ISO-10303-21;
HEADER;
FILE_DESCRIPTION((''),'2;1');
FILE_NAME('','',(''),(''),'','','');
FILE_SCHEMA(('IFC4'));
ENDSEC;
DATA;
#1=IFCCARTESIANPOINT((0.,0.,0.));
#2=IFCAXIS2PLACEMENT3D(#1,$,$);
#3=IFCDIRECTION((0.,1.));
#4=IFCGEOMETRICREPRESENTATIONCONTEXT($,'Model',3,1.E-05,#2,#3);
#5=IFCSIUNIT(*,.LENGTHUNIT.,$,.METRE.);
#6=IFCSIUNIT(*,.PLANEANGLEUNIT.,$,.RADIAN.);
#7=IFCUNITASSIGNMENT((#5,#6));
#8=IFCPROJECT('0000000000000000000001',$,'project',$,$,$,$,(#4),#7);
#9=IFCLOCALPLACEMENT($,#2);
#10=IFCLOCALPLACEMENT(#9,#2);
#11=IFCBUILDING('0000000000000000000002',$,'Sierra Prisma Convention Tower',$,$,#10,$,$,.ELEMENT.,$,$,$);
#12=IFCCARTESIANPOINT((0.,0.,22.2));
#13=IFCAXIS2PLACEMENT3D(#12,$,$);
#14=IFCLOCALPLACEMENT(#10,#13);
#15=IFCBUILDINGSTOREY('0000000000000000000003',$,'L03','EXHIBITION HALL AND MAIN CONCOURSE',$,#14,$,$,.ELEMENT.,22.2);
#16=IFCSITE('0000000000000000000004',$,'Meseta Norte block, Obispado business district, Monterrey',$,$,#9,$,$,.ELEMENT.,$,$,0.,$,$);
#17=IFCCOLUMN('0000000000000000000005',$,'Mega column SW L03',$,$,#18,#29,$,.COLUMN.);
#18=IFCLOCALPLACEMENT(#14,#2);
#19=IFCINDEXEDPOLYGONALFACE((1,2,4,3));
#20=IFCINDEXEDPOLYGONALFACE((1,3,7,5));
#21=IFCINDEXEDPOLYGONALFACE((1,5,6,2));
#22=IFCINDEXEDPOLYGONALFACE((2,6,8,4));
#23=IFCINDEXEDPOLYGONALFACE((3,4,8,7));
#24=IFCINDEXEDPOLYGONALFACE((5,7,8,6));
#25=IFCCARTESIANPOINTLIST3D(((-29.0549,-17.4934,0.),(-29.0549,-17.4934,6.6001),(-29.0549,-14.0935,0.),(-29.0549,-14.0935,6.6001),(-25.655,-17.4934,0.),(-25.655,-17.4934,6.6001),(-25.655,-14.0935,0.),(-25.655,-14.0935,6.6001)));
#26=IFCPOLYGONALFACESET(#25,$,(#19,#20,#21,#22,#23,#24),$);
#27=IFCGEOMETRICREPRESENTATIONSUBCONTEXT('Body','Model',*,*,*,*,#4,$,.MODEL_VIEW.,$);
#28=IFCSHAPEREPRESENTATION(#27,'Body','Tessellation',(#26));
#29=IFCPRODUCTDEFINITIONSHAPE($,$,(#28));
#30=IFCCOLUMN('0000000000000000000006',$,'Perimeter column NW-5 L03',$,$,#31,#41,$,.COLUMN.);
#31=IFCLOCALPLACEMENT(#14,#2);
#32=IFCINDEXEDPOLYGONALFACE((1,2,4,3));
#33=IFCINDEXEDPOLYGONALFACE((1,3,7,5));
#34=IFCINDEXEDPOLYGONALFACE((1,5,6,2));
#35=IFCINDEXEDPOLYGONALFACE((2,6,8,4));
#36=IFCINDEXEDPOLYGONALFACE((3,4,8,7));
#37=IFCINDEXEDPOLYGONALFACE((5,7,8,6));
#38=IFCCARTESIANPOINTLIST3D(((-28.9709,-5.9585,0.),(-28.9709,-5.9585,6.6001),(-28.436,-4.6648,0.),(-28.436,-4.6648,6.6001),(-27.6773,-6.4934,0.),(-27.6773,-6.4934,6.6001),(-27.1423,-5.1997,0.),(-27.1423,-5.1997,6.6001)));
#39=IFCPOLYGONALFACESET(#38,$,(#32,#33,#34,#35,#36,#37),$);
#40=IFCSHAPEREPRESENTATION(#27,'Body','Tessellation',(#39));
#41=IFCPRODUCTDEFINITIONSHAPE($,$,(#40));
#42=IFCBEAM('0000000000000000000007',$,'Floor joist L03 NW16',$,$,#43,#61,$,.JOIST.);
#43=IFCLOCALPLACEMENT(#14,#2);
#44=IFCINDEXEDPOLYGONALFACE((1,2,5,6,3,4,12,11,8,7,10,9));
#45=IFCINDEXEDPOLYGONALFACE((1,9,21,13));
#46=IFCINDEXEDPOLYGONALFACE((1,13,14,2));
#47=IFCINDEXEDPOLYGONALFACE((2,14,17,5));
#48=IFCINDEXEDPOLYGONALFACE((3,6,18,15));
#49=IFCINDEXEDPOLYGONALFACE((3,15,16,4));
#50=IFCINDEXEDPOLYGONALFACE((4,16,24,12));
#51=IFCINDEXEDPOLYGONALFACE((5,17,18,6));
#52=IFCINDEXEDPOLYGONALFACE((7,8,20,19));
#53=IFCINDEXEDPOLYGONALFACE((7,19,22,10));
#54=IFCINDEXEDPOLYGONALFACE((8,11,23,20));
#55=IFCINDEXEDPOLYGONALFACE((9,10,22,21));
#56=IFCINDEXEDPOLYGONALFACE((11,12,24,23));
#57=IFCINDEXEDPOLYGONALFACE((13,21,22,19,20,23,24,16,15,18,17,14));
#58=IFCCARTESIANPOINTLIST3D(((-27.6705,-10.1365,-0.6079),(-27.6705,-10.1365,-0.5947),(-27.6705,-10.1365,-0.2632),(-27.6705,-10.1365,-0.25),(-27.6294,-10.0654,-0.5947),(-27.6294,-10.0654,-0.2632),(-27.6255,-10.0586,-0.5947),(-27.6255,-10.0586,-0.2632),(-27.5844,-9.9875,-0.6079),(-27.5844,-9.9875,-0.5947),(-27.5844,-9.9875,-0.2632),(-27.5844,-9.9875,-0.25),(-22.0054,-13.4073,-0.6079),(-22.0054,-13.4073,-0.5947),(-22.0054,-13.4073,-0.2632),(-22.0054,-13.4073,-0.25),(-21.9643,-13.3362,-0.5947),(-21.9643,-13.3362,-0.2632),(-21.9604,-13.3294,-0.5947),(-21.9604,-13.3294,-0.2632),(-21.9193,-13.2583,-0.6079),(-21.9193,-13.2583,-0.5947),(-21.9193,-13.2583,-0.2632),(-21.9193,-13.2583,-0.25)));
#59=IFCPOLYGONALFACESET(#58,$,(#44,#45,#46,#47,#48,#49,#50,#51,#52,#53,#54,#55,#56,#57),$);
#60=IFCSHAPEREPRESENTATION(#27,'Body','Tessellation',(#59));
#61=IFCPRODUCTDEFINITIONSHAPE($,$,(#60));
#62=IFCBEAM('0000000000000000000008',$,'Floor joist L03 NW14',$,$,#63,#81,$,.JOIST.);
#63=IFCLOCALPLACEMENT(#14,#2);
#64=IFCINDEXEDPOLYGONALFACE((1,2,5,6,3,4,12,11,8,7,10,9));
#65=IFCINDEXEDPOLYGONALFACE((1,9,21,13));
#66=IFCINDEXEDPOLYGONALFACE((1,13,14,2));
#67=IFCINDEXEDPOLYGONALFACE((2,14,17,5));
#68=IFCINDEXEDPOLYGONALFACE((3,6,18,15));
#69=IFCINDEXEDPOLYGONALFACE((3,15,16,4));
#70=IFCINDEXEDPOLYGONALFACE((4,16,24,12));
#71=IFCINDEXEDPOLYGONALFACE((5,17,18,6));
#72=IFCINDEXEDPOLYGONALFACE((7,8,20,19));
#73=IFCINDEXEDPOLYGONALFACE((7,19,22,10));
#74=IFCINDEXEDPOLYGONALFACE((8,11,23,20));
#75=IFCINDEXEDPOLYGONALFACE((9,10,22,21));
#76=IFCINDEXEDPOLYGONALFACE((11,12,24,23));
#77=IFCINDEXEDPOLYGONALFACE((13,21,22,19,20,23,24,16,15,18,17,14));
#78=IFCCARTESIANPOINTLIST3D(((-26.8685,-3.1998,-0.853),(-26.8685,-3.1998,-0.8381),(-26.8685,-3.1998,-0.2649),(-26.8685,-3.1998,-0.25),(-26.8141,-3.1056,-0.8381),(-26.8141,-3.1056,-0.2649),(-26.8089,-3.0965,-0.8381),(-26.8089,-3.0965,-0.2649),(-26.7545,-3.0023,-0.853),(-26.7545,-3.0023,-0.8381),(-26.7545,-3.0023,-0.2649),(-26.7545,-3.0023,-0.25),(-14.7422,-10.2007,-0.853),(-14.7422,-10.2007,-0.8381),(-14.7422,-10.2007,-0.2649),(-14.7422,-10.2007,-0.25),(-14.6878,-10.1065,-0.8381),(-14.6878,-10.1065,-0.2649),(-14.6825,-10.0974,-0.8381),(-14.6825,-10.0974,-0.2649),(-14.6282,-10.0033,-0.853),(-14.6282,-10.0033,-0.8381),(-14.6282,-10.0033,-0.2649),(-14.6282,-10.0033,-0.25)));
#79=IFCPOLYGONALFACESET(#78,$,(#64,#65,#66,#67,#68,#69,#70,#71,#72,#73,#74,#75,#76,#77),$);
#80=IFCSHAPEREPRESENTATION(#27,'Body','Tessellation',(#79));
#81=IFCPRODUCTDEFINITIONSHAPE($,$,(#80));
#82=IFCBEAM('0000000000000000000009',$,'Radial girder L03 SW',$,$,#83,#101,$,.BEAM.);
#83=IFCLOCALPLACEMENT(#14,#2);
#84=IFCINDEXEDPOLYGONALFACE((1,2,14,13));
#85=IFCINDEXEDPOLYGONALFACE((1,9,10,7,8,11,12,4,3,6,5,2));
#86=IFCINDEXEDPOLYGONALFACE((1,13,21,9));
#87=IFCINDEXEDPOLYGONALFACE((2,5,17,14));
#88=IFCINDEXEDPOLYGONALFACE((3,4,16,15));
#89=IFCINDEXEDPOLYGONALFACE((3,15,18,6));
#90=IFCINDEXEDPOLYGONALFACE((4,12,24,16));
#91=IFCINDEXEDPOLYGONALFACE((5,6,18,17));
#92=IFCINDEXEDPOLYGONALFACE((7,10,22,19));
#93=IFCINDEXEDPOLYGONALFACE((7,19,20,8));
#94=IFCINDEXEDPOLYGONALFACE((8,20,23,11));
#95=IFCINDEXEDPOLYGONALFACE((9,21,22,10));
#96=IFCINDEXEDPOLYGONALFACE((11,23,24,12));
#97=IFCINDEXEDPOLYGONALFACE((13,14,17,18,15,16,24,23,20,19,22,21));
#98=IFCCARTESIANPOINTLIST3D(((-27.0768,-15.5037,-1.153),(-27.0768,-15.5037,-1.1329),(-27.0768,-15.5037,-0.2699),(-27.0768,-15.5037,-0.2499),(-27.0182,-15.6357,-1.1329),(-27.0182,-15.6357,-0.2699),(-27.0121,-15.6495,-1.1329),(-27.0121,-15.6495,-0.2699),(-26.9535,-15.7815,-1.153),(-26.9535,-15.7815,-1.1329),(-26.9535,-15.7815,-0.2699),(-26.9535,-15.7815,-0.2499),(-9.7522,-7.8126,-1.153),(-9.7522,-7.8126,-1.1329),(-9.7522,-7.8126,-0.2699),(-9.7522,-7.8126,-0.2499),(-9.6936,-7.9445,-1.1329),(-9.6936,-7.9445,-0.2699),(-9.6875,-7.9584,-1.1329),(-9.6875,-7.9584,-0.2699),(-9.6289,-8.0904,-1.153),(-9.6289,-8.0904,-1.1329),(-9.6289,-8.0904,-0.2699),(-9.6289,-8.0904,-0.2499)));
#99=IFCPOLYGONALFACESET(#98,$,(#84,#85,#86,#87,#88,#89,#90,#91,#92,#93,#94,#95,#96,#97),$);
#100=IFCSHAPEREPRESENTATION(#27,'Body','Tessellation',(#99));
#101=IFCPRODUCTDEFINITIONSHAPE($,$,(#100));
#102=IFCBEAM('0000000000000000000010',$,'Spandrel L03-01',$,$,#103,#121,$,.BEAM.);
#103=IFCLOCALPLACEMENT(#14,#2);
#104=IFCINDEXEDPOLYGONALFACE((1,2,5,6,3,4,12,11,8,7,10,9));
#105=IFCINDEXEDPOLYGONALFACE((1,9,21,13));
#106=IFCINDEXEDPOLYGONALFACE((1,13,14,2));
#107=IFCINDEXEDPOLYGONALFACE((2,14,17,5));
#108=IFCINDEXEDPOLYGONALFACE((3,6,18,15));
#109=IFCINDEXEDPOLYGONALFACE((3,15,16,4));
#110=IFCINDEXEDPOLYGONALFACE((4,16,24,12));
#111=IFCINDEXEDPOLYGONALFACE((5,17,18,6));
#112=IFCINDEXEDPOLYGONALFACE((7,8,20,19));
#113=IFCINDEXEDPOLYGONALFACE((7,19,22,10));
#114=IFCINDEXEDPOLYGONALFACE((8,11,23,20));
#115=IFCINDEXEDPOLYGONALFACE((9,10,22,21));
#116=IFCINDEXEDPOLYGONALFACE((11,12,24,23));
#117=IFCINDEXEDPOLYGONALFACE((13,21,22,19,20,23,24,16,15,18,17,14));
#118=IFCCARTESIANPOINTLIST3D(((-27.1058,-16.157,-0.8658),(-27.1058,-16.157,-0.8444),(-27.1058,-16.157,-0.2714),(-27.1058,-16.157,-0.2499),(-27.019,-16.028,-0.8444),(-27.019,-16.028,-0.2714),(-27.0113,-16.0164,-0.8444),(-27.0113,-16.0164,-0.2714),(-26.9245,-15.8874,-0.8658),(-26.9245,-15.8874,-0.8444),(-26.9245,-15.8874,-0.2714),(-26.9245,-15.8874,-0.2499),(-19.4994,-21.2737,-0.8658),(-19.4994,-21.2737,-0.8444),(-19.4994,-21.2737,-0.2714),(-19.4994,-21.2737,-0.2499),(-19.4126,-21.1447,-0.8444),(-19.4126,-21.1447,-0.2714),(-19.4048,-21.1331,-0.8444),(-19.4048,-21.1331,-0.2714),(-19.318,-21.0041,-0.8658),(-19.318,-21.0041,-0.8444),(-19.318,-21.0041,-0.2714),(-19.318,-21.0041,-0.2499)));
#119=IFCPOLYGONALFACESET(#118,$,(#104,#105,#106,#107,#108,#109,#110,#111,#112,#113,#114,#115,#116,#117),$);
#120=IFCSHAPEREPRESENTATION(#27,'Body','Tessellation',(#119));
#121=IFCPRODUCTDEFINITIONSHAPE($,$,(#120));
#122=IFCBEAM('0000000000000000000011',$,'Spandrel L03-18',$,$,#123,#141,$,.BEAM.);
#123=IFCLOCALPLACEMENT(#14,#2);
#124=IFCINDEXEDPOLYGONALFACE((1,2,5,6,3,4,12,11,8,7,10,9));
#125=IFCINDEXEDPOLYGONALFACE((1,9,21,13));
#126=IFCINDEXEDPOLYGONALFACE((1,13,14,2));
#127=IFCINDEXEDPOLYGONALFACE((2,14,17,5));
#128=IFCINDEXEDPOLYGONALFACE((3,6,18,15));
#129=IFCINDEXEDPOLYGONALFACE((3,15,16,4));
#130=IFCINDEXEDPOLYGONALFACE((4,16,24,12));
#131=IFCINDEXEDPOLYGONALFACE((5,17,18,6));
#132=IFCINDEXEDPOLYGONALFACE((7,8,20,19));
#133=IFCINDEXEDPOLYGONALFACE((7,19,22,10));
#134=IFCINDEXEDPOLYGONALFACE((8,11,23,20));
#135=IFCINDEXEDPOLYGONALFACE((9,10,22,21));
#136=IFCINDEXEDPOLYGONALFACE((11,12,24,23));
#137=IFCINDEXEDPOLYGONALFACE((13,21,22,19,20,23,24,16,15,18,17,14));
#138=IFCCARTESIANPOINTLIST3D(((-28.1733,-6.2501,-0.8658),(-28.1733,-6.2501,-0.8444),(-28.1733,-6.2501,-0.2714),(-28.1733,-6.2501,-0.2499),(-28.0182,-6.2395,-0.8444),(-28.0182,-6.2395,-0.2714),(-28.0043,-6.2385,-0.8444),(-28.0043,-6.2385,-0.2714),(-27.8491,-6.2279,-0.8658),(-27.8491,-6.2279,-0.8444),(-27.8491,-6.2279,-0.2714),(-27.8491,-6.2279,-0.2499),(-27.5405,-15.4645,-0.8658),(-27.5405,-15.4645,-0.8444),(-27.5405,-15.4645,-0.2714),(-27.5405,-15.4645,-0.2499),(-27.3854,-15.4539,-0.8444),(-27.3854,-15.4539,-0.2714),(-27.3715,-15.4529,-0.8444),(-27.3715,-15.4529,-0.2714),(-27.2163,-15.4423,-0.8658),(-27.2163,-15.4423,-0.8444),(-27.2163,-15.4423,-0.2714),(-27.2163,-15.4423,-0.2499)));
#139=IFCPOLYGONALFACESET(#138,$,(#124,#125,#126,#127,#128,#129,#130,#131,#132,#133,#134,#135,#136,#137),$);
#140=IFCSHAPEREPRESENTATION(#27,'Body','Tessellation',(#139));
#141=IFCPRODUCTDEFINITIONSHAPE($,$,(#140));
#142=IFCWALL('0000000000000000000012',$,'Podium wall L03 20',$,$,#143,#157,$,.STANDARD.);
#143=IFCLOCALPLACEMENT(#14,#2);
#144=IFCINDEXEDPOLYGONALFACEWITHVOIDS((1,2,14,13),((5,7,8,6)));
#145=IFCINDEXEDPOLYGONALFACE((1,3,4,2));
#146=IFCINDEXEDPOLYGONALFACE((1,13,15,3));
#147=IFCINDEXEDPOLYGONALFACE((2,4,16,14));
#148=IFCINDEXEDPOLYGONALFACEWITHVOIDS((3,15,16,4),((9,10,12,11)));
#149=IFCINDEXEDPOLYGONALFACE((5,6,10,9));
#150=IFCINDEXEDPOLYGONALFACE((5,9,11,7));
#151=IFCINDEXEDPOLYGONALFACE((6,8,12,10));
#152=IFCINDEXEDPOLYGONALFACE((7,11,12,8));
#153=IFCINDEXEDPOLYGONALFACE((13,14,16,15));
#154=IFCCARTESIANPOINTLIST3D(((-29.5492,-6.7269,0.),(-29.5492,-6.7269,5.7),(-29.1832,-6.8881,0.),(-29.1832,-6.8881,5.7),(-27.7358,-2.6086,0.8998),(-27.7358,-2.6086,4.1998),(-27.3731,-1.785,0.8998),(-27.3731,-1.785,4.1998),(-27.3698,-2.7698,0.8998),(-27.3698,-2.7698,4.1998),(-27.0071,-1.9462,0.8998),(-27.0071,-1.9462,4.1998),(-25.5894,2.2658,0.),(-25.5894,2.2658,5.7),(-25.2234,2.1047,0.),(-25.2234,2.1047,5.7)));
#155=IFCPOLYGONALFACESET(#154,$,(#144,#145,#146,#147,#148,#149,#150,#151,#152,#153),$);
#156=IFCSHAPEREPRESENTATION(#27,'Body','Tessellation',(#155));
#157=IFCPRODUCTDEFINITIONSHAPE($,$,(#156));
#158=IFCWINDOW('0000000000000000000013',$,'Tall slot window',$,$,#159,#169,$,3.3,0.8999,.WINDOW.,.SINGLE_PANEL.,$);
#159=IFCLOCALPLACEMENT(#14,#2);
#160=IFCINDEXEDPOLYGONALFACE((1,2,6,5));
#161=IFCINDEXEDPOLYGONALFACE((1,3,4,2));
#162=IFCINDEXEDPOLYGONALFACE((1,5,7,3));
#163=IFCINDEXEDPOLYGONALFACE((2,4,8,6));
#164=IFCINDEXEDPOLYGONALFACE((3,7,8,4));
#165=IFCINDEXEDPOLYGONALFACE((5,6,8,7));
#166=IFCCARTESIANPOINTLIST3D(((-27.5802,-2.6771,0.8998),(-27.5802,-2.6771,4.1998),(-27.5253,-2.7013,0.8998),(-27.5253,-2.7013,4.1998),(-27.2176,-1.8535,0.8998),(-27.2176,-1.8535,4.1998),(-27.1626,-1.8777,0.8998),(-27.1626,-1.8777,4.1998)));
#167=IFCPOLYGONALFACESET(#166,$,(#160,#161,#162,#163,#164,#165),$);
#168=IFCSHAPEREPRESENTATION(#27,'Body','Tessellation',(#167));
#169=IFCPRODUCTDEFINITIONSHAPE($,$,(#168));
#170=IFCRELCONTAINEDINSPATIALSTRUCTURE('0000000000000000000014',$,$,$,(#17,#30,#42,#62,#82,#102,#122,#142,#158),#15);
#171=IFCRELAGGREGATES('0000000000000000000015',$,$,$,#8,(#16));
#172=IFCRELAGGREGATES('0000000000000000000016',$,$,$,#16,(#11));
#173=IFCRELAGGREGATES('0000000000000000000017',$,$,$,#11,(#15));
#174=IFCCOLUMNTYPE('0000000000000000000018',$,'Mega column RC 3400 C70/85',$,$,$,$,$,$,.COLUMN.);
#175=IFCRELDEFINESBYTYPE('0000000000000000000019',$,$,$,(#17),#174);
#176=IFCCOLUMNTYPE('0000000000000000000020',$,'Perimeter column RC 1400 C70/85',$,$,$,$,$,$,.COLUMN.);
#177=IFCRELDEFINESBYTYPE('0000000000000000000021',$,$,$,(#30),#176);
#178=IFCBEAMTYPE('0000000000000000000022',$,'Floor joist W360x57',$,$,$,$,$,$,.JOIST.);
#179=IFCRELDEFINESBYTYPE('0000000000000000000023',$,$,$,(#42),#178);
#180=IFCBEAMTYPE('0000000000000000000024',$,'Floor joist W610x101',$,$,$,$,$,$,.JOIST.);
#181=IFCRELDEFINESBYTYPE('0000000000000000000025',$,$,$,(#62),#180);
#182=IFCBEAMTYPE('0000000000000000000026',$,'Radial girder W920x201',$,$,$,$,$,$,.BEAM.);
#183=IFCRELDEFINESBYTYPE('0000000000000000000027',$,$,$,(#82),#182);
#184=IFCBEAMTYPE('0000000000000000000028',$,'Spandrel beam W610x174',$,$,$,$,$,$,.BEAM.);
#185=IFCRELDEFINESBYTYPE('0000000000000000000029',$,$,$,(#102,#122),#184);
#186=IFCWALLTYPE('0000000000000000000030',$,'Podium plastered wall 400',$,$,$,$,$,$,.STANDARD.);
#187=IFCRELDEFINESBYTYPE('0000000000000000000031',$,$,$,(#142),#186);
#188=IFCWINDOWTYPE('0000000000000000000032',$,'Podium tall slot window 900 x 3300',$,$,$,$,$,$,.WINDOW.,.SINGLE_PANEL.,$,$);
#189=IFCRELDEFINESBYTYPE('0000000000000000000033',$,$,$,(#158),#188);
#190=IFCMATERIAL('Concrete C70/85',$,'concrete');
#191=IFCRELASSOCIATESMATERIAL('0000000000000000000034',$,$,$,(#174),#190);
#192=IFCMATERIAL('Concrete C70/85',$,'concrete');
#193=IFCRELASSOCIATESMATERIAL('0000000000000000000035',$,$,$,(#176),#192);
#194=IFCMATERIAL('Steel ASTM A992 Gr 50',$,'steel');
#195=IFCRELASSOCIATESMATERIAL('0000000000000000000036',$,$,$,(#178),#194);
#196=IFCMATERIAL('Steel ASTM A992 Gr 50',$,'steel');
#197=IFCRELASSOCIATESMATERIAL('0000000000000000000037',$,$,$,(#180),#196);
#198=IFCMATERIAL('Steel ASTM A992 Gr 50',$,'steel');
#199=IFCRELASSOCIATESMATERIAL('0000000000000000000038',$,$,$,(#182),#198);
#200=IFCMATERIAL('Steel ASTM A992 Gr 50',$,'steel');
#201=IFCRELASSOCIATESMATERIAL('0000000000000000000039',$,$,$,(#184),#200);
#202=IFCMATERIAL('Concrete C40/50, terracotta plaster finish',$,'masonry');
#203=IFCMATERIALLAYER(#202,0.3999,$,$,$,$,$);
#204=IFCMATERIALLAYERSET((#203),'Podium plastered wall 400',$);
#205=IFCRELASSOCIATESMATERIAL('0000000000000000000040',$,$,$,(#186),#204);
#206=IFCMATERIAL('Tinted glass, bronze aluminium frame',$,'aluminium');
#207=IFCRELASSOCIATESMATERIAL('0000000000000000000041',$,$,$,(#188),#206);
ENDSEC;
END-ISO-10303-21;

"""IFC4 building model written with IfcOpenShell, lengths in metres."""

from ifc_helpers import new_model, si_unit, direction, frame, frame_2d, origin, origin_2d, place, context, subcontext, project, spatial, rectangle, i_section, extrude, material, layer, layer_set, material_profile, profile_set, type_object, element, fill, save


model = new_model("IFC4")

# Units and contexts
model_context = context("Model", 3, precision=1e-05, world=origin(), true_north=direction((0.0, 1.0)))
body_context = subcontext(model_context, "Body", "Model", "MODEL_VIEW")
ifc_project = project(units=[si_unit("LENGTHUNIT", "METRE"), si_unit("PLANEANGLEUNIT", "RADIAN")], contexts=[model_context])

# Site, building, storey
site_placement = place(None, origin())
site = spatial("IfcSite", under=ifc_project, at=site_placement, Name="Meseta Norte block, Obispado business district, Monterrey", CompositionType="ELEMENT", RefElevation=0.0)
building_placement = place(site_placement, origin())
building = spatial("IfcBuilding", under=site, at=building_placement, Name="Sierra Prisma Convention Tower", CompositionType="ELEMENT")
storey_placement = place(building_placement, frame((0.0, 0.0, 22.2)))
storey = spatial("IfcBuildingStorey", under=building, at=storey_placement, Name="L03", Description="EXHIBITION HALL AND MAIN CONCOURSE", CompositionType="ELEMENT", Elevation=22.2)

# Columns
ifc_material_1 = material(Name="Concrete C70/85", Category="concrete")
ifc_material_profile_1 = material_profile(ifc_material_1, rectangle(XDim=3.3999, YDim=3.3999, at=origin_2d()), Name="Mega column RC 3400 C70/85")
ifc_profile_set_1 = profile_set([ifc_material_profile_1], Name="Concrete C70/85")
column_type_1 = type_object("IfcColumnType", Name="Mega column RC 3400 C70/85", PredefinedType="COLUMN", material=ifc_profile_set_1)
column_1_placement = place(storey_placement, frame((-27.355, -15.7935, 0.0), z_axis=(0.0, 0.0, 1.0), x_axis=(1.0, 0.0, 0.0)))
element("IfcColumn", 1, at=column_1_placement, inside=storey, type_object=column_type_1, Name="Mega column SW L03", PredefinedType="COLUMN", context=body_context, shape_type="SweptSolid", body=[
    extrude(rectangle(XDim=3.3999, YDim=3.3999, at=origin_2d()), origin(), (0.0, 0.0, 1.0), 6.6001),
])
ifc_material_2 = material(Name="Concrete C70/85", Category="concrete")
ifc_material_profile_2 = material_profile(ifc_material_2, rectangle(XDim=1.3999, YDim=1.3999, at=origin_2d()), Name="Perimeter column RC 1400 C70/85")
ifc_profile_set_2 = profile_set([ifc_material_profile_2], Name="Concrete C70/85")
column_type_2 = type_object("IfcColumnType", Name="Perimeter column RC 1400 C70/85", PredefinedType="COLUMN", material=ifc_profile_set_2)
column_2_placement = place(storey_placement, frame((-28.0566, -5.5791, 0.0), z_axis=(0.0, 0.0, 1.0), x_axis=(0.382135, 0.924106, 0.0)))
element("IfcColumn", 2, at=column_2_placement, inside=storey, type_object=column_type_2, Name="Perimeter column NW-5 L03", PredefinedType="COLUMN", context=body_context, shape_type="SweptSolid", body=[
    extrude(rectangle(XDim=1.3999, YDim=1.3999, at=origin_2d()), origin(), (0.0, 0.0, 1.0), 6.6001),
])

# Beams
ifc_material_3 = material(Name="Steel ASTM A992 Gr 50", Category="steel")
ifc_material_profile_3 = material_profile(ifc_material_3, i_section(OverallWidth=0.1721, OverallDepth=0.3579, WebThickness=0.0078, FlangeThickness=0.0132, at=origin_2d()), Name="W360x57")
ifc_profile_set_3 = profile_set([ifc_material_profile_3], Name="Steel ASTM A992 Gr 50")
beam_type_1 = type_object("IfcBeamType", Name="Floor joist W360x57", PredefinedType="JOIST", material=ifc_profile_set_3)
beam_1_placement = place(storey_placement, frame((-27.6274, -10.062, -0.429), z_axis=(0.866023, -0.500005, 0.0), x_axis=(0.500005, 0.866023, 0.0)))
element("IfcBeam", 3, at=beam_1_placement, inside=storey, type_object=beam_type_1, Name="Floor joist L03 NW16", PredefinedType="JOIST", context=body_context, shape_type="SweptSolid", body=[
    extrude(i_section(OverallWidth=0.1721, OverallDepth=0.3579, WebThickness=0.0078, FlangeThickness=0.0132, at=origin_2d()), origin(), (0.0, 0.0, 1.0), 6.5415),
])
ifc_material_4 = material(Name="Steel ASTM A992 Gr 50", Category="steel")
ifc_material_profile_4 = material_profile(ifc_material_4, i_section(OverallWidth=0.228, OverallDepth=0.603, WebThickness=0.0105, FlangeThickness=0.0149, at=origin_2d()), Name="W610x101")
ifc_profile_set_4 = profile_set([ifc_material_profile_4], Name="Steel ASTM A992 Gr 50")
beam_type_2 = type_object("IfcBeamType", Name="Floor joist W610x101", PredefinedType="JOIST", material=ifc_profile_set_4)
beam_2_placement = place(storey_placement, frame((-26.8115, -3.1011, -0.5515), z_axis=(0.866033, -0.499987, 0.0), x_axis=(0.499987, 0.866033, 0.0)))
element("IfcBeam", 4, at=beam_2_placement, inside=storey, type_object=beam_type_2, Name="Floor joist L03 NW14", PredefinedType="JOIST", context=body_context, shape_type="SweptSolid", body=[
    extrude(i_section(OverallWidth=0.228, OverallDepth=0.603, WebThickness=0.0105, FlangeThickness=0.0149, at=origin_2d()), origin(), (0.0, 0.0, 1.0), 14.0022),
])
ifc_material_5 = material(Name="Steel ASTM A992 Gr 50", Category="steel")
ifc_material_profile_5 = material_profile(ifc_material_5, i_section(OverallWidth=0.304, OverallDepth=0.9031, WebThickness=0.0151, FlangeThickness=0.02, at=origin_2d()), Name="W920x201")
ifc_profile_set_5 = profile_set([ifc_material_profile_5], Name="Steel ASTM A992 Gr 50")
beam_type_3 = type_object("IfcBeamType", Name="Radial girder W920x201", PredefinedType="BEAM", material=ifc_profile_set_5)
beam_3_placement = place(storey_placement, frame((-27.0151, -15.6426, -0.7014), z_axis=(0.913982, 0.405755, 0.0), x_axis=(-0.405755, 0.913982, 0.0)))
element("IfcBeam", 5, at=beam_3_placement, inside=storey, type_object=beam_type_3, Name="Radial girder L03 SW", PredefinedType="BEAM", context=body_context, shape_type="SweptSolid", body=[
    extrude(i_section(OverallWidth=0.304, OverallDepth=0.9031, WebThickness=0.0151, FlangeThickness=0.02, at=origin_2d()), origin(), (0.0, 0.0, 1.0), 18.9551),
])
ifc_material_6 = material(Name="Steel ASTM A992 Gr 50", Category="steel")
ifc_material_profile_6 = material_profile(ifc_material_6, i_section(OverallWidth=0.325, OverallDepth=0.616, WebThickness=0.0139, FlangeThickness=0.0215, at=origin_2d()), Name="W610x174")
ifc_profile_set_6 = profile_set([ifc_material_profile_6], Name="Steel ASTM A992 Gr 50")
beam_type_4 = type_object("IfcBeamType", Name="Spandrel beam W610x174", PredefinedType="BEAM", material=ifc_profile_set_6)
beam_4_placement = place(storey_placement, frame((-27.0151, -16.0222, -0.5579), z_axis=(0.82974, -0.558149, 0.0), x_axis=(0.558149, 0.82974, 0.0)))
element("IfcBeam", 6, at=beam_4_placement, inside=storey, type_object=beam_type_4, Name="Spandrel L03-01", PredefinedType="BEAM", context=body_context, shape_type="SweptSolid", body=[
    extrude(i_section(OverallWidth=0.325, OverallDepth=0.616, WebThickness=0.0139, FlangeThickness=0.0215, at=origin_2d()), origin(), (0.0, 0.0, 1.0), 9.1672),
])
beam_5_placement = place(storey_placement, frame((-28.0112, -6.239, -0.5579), z_axis=(0.068515, -0.99765, 0.0), x_axis=(0.99765, 0.068515, 0.0)))
element("IfcBeam", 7, at=beam_5_placement, inside=storey, type_object=beam_type_4, Name="Spandrel L03-18", PredefinedType="BEAM", context=body_context, shape_type="SweptSolid", body=[
    extrude(i_section(OverallWidth=0.325, OverallDepth=0.616, WebThickness=0.0139, FlangeThickness=0.0215, at=origin_2d()), origin(), (0.0, 0.0, 1.0), 9.2361),
])

# Wall, opening, window
ifc_material_7 = material(Name="Concrete C40/50, terracotta plaster finish", Category="masonry")
ifc_layer_1 = layer(ifc_material_7, 0.3999)
ifc_layer_set_1 = layer_set([ifc_layer_1], Name="Podium plastered wall 400")
wall_type = type_object("IfcWallType", Name="Podium plastered wall 400", PredefinedType="STANDARD", material=ifc_layer_set_1)
wall_1_placement = place(storey_placement, frame((-29.3662, -6.8076, 0.0), z_axis=(0.0, 0.0, 1.0), x_axis=(0.402989, 0.915205, 0.0)))
wall_1 = element("IfcWall", 8, at=wall_1_placement, inside=storey, type_object=wall_type, Name="Podium wall L03 20", PredefinedType="STANDARD", context=body_context, shape_type="SweptSolid", body=[
    extrude(rectangle(XDim=9.8259, YDim=0.3999, at=frame_2d((4.9131, 0.0))), origin(), (0.0, 0.0, 1.0), 5.7),
])
opening_1_placement = place(wall_1_placement, frame((4.5, 0.0, 0.8999)))
opening_1 = element("IfcOpeningElement", 9, at=opening_1_placement, cuts=wall_1, PredefinedType="OPENING", context=body_context, shape_type="SweptSolid", body=[
    extrude(rectangle(XDim=0.8999, YDim=3.3, at=frame_2d((0.45, 1.6499))), frame((0.0, 0.2, 0.0), z_axis=(0.0, -1.0, 0.0), x_axis=(1.0, 0.0, 0.0)), (0.0, 0.0, 1.0), 0.3999),
])
ifc_material_8 = material(Name="Tinted glass, bronze aluminium frame", Category="aluminium")
window_type = type_object("IfcWindowType", Name="Podium tall slot window 900 x 3300", PartitioningType="SINGLE_PANEL", PredefinedType="WINDOW", material=ifc_material_8)
window_1_placement = place(opening_1_placement, origin())
window_1 = element("IfcWindow", 10, at=window_1_placement, inside=storey, type_object=window_type, Name="Tall slot window", OverallHeight=3.3, OverallWidth=0.8999, PartitioningType="SINGLE_PANEL", PredefinedType="WINDOW", context=body_context, shape_type="SweptSolid", body=[
    extrude(rectangle(XDim=0.8999, YDim=3.3, at=frame_2d((0.45, 1.6499))), frame((0.0, 0.03, 0.0), z_axis=(0.0, -1.0, 0.0), x_axis=(1.0, 0.0, 0.0)), (0.0, 0.0, 1.0), 0.0601),
])
fill(opening_1, window_1)

save(model, "model.ifc")
